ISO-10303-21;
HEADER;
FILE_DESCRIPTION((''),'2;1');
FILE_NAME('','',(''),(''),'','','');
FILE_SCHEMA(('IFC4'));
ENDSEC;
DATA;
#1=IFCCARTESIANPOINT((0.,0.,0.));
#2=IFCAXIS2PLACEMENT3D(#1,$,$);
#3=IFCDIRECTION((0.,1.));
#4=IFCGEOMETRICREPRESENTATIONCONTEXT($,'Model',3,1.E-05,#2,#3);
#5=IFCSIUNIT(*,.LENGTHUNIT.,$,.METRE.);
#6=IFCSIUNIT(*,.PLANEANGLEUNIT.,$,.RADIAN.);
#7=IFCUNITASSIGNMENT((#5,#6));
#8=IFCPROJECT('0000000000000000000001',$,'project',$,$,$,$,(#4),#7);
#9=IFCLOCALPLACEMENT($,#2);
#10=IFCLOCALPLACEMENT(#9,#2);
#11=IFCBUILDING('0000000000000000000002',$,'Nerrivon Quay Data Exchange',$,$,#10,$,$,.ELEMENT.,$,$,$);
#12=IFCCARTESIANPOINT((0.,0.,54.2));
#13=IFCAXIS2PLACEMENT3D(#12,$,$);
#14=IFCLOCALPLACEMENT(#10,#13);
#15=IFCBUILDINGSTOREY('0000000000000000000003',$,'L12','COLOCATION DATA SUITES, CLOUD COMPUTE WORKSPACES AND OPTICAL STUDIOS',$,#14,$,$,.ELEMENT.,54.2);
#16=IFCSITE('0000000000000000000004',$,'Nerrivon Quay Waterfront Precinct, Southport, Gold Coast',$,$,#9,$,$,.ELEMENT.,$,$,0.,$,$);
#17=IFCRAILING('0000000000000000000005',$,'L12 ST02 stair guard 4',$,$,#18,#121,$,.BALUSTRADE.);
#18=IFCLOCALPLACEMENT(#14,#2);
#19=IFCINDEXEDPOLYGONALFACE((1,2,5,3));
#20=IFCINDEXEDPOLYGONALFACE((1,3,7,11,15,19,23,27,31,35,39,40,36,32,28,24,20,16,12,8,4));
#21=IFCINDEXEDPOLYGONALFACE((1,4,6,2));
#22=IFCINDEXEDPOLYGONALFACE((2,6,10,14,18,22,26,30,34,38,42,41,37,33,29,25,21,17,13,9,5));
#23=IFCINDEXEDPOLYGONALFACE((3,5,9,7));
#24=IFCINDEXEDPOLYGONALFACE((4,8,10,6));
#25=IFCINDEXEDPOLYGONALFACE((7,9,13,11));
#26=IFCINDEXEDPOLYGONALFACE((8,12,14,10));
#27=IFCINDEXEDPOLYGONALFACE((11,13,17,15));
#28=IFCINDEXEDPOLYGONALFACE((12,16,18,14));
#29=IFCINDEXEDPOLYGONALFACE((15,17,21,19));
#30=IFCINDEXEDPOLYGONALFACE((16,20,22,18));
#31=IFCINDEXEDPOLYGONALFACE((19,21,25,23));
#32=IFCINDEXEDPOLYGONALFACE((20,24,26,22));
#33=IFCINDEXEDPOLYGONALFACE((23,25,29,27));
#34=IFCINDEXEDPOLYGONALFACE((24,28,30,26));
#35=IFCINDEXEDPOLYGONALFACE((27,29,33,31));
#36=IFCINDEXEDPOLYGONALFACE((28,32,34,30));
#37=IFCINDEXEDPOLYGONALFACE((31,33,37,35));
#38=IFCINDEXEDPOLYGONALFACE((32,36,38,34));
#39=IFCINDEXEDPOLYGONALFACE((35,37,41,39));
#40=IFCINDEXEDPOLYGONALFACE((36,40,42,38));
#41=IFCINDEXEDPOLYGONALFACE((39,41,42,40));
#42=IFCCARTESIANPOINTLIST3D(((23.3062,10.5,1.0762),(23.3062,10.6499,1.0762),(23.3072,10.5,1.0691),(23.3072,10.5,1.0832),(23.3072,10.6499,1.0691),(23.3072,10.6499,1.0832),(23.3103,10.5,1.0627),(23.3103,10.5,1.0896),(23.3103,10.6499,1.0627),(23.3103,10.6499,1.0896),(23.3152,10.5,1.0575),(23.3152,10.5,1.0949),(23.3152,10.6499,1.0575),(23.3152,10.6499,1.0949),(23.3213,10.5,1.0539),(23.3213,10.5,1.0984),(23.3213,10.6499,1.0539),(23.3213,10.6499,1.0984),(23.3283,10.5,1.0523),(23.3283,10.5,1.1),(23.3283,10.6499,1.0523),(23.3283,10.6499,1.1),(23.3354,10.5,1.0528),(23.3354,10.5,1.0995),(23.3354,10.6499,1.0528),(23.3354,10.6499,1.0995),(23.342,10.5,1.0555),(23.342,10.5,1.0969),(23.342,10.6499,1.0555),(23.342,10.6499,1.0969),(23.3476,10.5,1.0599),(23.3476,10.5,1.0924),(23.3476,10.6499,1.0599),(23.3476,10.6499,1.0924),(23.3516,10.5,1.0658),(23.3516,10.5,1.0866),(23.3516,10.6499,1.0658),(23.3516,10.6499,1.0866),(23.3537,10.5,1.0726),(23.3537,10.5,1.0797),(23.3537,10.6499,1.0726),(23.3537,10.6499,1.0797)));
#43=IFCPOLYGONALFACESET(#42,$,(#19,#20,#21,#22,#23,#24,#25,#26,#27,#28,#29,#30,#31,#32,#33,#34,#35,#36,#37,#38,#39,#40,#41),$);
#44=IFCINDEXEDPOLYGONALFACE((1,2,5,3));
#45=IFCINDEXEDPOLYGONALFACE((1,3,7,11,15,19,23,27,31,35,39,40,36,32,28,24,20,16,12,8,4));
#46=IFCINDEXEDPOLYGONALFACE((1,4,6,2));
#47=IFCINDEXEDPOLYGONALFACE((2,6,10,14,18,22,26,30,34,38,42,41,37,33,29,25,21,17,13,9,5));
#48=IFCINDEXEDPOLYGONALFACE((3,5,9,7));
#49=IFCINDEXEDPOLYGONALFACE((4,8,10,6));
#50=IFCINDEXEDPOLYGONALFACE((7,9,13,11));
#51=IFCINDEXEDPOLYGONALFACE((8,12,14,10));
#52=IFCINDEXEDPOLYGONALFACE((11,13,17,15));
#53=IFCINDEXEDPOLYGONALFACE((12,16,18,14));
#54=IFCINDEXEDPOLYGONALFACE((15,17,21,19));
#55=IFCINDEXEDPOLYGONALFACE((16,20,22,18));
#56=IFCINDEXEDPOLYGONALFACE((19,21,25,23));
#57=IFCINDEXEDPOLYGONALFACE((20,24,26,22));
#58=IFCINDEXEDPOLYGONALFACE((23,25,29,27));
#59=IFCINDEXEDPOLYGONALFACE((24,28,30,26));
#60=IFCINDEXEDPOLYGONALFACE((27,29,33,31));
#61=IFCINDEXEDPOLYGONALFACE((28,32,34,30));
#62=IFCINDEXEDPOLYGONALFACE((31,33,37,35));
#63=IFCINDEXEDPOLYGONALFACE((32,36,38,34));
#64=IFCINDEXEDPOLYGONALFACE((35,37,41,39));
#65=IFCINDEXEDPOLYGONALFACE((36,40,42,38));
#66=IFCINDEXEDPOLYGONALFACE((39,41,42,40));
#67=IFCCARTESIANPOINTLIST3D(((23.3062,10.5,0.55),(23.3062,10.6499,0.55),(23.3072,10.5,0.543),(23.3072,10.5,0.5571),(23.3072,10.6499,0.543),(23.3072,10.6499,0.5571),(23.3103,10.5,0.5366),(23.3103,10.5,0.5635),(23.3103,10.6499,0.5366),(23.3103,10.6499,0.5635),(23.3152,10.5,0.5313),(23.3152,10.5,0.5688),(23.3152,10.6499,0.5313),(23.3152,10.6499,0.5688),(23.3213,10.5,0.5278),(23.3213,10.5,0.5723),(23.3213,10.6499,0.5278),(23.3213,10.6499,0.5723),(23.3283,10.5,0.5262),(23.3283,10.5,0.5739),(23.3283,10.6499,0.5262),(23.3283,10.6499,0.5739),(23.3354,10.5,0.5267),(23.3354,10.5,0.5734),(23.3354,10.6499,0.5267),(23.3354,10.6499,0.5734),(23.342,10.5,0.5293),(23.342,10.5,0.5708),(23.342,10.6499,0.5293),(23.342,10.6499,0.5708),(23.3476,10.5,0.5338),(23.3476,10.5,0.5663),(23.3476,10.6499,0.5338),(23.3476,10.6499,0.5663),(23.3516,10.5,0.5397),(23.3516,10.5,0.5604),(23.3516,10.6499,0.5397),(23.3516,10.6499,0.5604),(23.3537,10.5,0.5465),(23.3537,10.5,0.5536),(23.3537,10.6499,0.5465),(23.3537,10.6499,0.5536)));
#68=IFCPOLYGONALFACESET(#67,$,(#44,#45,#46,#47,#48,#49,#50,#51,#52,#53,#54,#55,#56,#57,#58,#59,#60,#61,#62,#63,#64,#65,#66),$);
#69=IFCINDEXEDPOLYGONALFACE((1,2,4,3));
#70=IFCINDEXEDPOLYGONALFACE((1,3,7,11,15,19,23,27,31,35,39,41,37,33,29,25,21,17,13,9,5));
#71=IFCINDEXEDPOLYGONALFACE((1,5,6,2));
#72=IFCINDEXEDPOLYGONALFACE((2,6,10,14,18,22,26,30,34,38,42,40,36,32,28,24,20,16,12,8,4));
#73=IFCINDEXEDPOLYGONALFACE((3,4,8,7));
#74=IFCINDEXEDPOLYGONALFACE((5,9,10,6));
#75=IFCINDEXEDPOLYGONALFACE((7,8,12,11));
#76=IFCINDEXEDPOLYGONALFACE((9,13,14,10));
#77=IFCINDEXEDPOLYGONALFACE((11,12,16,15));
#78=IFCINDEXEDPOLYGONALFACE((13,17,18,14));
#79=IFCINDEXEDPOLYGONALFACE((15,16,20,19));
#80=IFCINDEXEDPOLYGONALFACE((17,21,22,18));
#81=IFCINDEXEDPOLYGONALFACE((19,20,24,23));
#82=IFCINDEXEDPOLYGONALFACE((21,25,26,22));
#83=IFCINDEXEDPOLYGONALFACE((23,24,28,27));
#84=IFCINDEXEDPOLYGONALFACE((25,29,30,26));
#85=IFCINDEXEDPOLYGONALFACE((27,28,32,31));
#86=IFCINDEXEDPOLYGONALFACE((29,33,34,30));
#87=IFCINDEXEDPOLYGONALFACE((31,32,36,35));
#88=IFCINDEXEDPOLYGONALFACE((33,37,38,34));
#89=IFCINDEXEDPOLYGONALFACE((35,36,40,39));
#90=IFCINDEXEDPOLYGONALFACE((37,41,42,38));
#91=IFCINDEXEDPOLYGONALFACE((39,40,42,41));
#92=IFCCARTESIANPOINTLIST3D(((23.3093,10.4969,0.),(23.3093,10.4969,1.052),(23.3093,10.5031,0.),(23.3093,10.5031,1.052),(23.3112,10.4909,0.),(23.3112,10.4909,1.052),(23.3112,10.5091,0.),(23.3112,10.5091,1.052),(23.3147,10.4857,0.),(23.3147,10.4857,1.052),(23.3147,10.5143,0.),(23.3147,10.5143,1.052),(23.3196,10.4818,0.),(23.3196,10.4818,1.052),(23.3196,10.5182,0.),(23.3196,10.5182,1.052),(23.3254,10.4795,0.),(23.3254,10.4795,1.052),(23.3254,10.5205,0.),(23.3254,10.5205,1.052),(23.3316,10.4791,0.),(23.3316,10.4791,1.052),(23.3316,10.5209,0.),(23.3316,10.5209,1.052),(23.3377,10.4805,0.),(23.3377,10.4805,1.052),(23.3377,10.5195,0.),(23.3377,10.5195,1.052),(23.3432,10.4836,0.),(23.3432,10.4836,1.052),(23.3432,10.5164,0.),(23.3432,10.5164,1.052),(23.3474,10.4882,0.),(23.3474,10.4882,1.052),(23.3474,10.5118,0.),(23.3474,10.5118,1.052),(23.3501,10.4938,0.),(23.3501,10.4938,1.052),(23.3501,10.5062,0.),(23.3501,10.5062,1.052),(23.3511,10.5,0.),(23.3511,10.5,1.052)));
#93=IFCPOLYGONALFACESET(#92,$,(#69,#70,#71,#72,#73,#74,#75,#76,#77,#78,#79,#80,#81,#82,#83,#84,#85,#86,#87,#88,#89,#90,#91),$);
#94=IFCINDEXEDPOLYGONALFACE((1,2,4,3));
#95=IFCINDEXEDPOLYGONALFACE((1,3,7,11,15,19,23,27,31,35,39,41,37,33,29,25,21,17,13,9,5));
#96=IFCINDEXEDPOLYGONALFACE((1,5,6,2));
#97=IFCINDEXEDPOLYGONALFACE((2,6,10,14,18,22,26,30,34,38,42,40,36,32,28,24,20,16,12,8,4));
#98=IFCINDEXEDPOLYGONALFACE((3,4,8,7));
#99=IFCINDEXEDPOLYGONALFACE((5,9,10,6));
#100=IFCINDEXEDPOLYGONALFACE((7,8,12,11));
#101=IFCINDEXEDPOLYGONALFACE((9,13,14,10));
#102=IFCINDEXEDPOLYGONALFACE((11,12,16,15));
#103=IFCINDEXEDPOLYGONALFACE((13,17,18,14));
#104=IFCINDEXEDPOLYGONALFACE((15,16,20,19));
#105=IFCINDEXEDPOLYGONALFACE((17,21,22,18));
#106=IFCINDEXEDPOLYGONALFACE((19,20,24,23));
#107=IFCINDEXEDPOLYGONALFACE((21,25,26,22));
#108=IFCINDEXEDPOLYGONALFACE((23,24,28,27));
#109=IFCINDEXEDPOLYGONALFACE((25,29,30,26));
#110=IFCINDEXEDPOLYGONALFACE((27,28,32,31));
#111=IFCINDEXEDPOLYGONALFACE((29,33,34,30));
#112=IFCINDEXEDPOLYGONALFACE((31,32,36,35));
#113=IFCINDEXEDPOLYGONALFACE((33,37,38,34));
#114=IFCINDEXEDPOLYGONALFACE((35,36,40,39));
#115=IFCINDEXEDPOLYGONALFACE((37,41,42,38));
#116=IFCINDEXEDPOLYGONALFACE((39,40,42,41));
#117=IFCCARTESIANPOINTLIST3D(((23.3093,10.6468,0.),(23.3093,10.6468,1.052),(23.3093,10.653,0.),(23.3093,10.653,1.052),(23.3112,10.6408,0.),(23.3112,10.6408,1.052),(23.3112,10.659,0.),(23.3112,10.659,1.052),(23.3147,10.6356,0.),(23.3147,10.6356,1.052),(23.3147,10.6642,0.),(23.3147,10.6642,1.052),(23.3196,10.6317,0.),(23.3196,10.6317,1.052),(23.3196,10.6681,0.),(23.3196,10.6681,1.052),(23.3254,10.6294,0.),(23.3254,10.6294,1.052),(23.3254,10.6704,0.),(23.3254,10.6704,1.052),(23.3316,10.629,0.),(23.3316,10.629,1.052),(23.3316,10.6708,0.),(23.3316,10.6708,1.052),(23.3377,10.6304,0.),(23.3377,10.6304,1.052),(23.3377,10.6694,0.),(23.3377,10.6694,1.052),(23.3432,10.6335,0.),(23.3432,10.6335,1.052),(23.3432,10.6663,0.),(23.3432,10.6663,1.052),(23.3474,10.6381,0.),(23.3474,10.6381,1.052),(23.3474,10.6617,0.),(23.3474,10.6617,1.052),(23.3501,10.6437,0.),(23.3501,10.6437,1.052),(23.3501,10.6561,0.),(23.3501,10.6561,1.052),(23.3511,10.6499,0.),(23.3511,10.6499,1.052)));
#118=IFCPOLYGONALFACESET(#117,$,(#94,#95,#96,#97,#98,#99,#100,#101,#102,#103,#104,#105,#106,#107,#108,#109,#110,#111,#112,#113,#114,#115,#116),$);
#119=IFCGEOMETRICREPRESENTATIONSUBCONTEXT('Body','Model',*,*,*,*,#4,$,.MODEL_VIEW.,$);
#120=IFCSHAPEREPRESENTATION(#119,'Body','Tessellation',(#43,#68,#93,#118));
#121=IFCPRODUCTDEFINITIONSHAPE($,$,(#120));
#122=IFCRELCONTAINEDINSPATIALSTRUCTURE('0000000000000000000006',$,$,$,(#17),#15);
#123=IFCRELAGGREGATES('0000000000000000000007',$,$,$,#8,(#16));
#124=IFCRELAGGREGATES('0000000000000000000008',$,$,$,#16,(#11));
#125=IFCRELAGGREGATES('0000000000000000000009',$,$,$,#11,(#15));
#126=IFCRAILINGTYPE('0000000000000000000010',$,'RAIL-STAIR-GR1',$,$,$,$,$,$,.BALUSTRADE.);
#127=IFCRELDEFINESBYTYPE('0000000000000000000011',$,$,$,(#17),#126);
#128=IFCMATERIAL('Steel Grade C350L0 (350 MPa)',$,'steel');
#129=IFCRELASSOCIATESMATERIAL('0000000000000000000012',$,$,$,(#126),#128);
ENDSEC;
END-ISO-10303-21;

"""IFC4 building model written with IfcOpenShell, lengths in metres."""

from ifc_helpers import new_model, si_unit, direction, frame, origin, origin_2d, place, context, subcontext, project, spatial, circle, extrude, material, type_object, element, save


model = new_model("IFC4")

# Units and contexts
model_context = context("Model", 3, precision=1e-05, world=origin(), true_north=direction((0.0, 1.0)))
body_context = subcontext(model_context, "Body", "Model", "MODEL_VIEW")
ifc_project = project(units=[si_unit("LENGTHUNIT", "METRE"), si_unit("PLANEANGLEUNIT", "RADIAN")], contexts=[model_context])

# Site, building, storey
site_placement = place(None, origin())
site = spatial("IfcSite", under=ifc_project, at=site_placement, Name="Nerrivon Quay Waterfront Precinct, Southport, Gold Coast", CompositionType="ELEMENT", RefElevation=0.0)
building_placement = place(site_placement, origin())
building = spatial("IfcBuilding", under=site, at=building_placement, Name="Nerrivon Quay Data Exchange", CompositionType="ELEMENT")
storey_placement = place(building_placement, frame((0.0, 0.0, 54.2)))
storey = spatial("IfcBuildingStorey", under=building, at=storey_placement, Name="L12", Description="COLOCATION DATA SUITES, CLOUD COMPUTE WORKSPACES AND OPTICAL STUDIOS", CompositionType="ELEMENT", Elevation=54.2)

# Railing
ifc_material_1 = material(Name="Steel Grade C350L0 (350 MPa)", Category="steel")
railing_type_1 = type_object("IfcRailingType", Name="RAIL-STAIR-GR1", PredefinedType="BALUSTRADE", material=ifc_material_1)
railing_1_placement = place(storey_placement, frame((23.3301, 10.5, 0.0)))
element("IfcRailing", 1, at=railing_1_placement, inside=storey, type_object=railing_type_1, Name="L12 ST02 stair guard 4", PredefinedType="BALUSTRADE", context=body_context, shape_type="SweptSolid", body=[
    extrude(circle(Radius=0.0239, at=origin_2d()), frame((0.0, 0.0, 1.0762), z_axis=(0.0, 1.0, 0.0), x_axis=(-1.0, 0.0, 0.0)), (0.0, 0.0, 1.0), 0.1499),
    extrude(circle(Radius=0.0239, at=origin_2d()), frame((0.0, 0.0, 0.55), z_axis=(0.0, 1.0, 0.0), x_axis=(-1.0, 0.0, 0.0)), (0.0, 0.0, 1.0), 0.1499),
    extrude(circle(Radius=0.021, at=origin_2d()), origin(), (0.0, 0.0, 1.0), 1.052),
    extrude(circle(Radius=0.021, at=origin_2d()), frame((0.0, 0.1499, 0.0)), (0.0, 0.0, 1.0), 1.052),
])

save(model, "model.ifc")
